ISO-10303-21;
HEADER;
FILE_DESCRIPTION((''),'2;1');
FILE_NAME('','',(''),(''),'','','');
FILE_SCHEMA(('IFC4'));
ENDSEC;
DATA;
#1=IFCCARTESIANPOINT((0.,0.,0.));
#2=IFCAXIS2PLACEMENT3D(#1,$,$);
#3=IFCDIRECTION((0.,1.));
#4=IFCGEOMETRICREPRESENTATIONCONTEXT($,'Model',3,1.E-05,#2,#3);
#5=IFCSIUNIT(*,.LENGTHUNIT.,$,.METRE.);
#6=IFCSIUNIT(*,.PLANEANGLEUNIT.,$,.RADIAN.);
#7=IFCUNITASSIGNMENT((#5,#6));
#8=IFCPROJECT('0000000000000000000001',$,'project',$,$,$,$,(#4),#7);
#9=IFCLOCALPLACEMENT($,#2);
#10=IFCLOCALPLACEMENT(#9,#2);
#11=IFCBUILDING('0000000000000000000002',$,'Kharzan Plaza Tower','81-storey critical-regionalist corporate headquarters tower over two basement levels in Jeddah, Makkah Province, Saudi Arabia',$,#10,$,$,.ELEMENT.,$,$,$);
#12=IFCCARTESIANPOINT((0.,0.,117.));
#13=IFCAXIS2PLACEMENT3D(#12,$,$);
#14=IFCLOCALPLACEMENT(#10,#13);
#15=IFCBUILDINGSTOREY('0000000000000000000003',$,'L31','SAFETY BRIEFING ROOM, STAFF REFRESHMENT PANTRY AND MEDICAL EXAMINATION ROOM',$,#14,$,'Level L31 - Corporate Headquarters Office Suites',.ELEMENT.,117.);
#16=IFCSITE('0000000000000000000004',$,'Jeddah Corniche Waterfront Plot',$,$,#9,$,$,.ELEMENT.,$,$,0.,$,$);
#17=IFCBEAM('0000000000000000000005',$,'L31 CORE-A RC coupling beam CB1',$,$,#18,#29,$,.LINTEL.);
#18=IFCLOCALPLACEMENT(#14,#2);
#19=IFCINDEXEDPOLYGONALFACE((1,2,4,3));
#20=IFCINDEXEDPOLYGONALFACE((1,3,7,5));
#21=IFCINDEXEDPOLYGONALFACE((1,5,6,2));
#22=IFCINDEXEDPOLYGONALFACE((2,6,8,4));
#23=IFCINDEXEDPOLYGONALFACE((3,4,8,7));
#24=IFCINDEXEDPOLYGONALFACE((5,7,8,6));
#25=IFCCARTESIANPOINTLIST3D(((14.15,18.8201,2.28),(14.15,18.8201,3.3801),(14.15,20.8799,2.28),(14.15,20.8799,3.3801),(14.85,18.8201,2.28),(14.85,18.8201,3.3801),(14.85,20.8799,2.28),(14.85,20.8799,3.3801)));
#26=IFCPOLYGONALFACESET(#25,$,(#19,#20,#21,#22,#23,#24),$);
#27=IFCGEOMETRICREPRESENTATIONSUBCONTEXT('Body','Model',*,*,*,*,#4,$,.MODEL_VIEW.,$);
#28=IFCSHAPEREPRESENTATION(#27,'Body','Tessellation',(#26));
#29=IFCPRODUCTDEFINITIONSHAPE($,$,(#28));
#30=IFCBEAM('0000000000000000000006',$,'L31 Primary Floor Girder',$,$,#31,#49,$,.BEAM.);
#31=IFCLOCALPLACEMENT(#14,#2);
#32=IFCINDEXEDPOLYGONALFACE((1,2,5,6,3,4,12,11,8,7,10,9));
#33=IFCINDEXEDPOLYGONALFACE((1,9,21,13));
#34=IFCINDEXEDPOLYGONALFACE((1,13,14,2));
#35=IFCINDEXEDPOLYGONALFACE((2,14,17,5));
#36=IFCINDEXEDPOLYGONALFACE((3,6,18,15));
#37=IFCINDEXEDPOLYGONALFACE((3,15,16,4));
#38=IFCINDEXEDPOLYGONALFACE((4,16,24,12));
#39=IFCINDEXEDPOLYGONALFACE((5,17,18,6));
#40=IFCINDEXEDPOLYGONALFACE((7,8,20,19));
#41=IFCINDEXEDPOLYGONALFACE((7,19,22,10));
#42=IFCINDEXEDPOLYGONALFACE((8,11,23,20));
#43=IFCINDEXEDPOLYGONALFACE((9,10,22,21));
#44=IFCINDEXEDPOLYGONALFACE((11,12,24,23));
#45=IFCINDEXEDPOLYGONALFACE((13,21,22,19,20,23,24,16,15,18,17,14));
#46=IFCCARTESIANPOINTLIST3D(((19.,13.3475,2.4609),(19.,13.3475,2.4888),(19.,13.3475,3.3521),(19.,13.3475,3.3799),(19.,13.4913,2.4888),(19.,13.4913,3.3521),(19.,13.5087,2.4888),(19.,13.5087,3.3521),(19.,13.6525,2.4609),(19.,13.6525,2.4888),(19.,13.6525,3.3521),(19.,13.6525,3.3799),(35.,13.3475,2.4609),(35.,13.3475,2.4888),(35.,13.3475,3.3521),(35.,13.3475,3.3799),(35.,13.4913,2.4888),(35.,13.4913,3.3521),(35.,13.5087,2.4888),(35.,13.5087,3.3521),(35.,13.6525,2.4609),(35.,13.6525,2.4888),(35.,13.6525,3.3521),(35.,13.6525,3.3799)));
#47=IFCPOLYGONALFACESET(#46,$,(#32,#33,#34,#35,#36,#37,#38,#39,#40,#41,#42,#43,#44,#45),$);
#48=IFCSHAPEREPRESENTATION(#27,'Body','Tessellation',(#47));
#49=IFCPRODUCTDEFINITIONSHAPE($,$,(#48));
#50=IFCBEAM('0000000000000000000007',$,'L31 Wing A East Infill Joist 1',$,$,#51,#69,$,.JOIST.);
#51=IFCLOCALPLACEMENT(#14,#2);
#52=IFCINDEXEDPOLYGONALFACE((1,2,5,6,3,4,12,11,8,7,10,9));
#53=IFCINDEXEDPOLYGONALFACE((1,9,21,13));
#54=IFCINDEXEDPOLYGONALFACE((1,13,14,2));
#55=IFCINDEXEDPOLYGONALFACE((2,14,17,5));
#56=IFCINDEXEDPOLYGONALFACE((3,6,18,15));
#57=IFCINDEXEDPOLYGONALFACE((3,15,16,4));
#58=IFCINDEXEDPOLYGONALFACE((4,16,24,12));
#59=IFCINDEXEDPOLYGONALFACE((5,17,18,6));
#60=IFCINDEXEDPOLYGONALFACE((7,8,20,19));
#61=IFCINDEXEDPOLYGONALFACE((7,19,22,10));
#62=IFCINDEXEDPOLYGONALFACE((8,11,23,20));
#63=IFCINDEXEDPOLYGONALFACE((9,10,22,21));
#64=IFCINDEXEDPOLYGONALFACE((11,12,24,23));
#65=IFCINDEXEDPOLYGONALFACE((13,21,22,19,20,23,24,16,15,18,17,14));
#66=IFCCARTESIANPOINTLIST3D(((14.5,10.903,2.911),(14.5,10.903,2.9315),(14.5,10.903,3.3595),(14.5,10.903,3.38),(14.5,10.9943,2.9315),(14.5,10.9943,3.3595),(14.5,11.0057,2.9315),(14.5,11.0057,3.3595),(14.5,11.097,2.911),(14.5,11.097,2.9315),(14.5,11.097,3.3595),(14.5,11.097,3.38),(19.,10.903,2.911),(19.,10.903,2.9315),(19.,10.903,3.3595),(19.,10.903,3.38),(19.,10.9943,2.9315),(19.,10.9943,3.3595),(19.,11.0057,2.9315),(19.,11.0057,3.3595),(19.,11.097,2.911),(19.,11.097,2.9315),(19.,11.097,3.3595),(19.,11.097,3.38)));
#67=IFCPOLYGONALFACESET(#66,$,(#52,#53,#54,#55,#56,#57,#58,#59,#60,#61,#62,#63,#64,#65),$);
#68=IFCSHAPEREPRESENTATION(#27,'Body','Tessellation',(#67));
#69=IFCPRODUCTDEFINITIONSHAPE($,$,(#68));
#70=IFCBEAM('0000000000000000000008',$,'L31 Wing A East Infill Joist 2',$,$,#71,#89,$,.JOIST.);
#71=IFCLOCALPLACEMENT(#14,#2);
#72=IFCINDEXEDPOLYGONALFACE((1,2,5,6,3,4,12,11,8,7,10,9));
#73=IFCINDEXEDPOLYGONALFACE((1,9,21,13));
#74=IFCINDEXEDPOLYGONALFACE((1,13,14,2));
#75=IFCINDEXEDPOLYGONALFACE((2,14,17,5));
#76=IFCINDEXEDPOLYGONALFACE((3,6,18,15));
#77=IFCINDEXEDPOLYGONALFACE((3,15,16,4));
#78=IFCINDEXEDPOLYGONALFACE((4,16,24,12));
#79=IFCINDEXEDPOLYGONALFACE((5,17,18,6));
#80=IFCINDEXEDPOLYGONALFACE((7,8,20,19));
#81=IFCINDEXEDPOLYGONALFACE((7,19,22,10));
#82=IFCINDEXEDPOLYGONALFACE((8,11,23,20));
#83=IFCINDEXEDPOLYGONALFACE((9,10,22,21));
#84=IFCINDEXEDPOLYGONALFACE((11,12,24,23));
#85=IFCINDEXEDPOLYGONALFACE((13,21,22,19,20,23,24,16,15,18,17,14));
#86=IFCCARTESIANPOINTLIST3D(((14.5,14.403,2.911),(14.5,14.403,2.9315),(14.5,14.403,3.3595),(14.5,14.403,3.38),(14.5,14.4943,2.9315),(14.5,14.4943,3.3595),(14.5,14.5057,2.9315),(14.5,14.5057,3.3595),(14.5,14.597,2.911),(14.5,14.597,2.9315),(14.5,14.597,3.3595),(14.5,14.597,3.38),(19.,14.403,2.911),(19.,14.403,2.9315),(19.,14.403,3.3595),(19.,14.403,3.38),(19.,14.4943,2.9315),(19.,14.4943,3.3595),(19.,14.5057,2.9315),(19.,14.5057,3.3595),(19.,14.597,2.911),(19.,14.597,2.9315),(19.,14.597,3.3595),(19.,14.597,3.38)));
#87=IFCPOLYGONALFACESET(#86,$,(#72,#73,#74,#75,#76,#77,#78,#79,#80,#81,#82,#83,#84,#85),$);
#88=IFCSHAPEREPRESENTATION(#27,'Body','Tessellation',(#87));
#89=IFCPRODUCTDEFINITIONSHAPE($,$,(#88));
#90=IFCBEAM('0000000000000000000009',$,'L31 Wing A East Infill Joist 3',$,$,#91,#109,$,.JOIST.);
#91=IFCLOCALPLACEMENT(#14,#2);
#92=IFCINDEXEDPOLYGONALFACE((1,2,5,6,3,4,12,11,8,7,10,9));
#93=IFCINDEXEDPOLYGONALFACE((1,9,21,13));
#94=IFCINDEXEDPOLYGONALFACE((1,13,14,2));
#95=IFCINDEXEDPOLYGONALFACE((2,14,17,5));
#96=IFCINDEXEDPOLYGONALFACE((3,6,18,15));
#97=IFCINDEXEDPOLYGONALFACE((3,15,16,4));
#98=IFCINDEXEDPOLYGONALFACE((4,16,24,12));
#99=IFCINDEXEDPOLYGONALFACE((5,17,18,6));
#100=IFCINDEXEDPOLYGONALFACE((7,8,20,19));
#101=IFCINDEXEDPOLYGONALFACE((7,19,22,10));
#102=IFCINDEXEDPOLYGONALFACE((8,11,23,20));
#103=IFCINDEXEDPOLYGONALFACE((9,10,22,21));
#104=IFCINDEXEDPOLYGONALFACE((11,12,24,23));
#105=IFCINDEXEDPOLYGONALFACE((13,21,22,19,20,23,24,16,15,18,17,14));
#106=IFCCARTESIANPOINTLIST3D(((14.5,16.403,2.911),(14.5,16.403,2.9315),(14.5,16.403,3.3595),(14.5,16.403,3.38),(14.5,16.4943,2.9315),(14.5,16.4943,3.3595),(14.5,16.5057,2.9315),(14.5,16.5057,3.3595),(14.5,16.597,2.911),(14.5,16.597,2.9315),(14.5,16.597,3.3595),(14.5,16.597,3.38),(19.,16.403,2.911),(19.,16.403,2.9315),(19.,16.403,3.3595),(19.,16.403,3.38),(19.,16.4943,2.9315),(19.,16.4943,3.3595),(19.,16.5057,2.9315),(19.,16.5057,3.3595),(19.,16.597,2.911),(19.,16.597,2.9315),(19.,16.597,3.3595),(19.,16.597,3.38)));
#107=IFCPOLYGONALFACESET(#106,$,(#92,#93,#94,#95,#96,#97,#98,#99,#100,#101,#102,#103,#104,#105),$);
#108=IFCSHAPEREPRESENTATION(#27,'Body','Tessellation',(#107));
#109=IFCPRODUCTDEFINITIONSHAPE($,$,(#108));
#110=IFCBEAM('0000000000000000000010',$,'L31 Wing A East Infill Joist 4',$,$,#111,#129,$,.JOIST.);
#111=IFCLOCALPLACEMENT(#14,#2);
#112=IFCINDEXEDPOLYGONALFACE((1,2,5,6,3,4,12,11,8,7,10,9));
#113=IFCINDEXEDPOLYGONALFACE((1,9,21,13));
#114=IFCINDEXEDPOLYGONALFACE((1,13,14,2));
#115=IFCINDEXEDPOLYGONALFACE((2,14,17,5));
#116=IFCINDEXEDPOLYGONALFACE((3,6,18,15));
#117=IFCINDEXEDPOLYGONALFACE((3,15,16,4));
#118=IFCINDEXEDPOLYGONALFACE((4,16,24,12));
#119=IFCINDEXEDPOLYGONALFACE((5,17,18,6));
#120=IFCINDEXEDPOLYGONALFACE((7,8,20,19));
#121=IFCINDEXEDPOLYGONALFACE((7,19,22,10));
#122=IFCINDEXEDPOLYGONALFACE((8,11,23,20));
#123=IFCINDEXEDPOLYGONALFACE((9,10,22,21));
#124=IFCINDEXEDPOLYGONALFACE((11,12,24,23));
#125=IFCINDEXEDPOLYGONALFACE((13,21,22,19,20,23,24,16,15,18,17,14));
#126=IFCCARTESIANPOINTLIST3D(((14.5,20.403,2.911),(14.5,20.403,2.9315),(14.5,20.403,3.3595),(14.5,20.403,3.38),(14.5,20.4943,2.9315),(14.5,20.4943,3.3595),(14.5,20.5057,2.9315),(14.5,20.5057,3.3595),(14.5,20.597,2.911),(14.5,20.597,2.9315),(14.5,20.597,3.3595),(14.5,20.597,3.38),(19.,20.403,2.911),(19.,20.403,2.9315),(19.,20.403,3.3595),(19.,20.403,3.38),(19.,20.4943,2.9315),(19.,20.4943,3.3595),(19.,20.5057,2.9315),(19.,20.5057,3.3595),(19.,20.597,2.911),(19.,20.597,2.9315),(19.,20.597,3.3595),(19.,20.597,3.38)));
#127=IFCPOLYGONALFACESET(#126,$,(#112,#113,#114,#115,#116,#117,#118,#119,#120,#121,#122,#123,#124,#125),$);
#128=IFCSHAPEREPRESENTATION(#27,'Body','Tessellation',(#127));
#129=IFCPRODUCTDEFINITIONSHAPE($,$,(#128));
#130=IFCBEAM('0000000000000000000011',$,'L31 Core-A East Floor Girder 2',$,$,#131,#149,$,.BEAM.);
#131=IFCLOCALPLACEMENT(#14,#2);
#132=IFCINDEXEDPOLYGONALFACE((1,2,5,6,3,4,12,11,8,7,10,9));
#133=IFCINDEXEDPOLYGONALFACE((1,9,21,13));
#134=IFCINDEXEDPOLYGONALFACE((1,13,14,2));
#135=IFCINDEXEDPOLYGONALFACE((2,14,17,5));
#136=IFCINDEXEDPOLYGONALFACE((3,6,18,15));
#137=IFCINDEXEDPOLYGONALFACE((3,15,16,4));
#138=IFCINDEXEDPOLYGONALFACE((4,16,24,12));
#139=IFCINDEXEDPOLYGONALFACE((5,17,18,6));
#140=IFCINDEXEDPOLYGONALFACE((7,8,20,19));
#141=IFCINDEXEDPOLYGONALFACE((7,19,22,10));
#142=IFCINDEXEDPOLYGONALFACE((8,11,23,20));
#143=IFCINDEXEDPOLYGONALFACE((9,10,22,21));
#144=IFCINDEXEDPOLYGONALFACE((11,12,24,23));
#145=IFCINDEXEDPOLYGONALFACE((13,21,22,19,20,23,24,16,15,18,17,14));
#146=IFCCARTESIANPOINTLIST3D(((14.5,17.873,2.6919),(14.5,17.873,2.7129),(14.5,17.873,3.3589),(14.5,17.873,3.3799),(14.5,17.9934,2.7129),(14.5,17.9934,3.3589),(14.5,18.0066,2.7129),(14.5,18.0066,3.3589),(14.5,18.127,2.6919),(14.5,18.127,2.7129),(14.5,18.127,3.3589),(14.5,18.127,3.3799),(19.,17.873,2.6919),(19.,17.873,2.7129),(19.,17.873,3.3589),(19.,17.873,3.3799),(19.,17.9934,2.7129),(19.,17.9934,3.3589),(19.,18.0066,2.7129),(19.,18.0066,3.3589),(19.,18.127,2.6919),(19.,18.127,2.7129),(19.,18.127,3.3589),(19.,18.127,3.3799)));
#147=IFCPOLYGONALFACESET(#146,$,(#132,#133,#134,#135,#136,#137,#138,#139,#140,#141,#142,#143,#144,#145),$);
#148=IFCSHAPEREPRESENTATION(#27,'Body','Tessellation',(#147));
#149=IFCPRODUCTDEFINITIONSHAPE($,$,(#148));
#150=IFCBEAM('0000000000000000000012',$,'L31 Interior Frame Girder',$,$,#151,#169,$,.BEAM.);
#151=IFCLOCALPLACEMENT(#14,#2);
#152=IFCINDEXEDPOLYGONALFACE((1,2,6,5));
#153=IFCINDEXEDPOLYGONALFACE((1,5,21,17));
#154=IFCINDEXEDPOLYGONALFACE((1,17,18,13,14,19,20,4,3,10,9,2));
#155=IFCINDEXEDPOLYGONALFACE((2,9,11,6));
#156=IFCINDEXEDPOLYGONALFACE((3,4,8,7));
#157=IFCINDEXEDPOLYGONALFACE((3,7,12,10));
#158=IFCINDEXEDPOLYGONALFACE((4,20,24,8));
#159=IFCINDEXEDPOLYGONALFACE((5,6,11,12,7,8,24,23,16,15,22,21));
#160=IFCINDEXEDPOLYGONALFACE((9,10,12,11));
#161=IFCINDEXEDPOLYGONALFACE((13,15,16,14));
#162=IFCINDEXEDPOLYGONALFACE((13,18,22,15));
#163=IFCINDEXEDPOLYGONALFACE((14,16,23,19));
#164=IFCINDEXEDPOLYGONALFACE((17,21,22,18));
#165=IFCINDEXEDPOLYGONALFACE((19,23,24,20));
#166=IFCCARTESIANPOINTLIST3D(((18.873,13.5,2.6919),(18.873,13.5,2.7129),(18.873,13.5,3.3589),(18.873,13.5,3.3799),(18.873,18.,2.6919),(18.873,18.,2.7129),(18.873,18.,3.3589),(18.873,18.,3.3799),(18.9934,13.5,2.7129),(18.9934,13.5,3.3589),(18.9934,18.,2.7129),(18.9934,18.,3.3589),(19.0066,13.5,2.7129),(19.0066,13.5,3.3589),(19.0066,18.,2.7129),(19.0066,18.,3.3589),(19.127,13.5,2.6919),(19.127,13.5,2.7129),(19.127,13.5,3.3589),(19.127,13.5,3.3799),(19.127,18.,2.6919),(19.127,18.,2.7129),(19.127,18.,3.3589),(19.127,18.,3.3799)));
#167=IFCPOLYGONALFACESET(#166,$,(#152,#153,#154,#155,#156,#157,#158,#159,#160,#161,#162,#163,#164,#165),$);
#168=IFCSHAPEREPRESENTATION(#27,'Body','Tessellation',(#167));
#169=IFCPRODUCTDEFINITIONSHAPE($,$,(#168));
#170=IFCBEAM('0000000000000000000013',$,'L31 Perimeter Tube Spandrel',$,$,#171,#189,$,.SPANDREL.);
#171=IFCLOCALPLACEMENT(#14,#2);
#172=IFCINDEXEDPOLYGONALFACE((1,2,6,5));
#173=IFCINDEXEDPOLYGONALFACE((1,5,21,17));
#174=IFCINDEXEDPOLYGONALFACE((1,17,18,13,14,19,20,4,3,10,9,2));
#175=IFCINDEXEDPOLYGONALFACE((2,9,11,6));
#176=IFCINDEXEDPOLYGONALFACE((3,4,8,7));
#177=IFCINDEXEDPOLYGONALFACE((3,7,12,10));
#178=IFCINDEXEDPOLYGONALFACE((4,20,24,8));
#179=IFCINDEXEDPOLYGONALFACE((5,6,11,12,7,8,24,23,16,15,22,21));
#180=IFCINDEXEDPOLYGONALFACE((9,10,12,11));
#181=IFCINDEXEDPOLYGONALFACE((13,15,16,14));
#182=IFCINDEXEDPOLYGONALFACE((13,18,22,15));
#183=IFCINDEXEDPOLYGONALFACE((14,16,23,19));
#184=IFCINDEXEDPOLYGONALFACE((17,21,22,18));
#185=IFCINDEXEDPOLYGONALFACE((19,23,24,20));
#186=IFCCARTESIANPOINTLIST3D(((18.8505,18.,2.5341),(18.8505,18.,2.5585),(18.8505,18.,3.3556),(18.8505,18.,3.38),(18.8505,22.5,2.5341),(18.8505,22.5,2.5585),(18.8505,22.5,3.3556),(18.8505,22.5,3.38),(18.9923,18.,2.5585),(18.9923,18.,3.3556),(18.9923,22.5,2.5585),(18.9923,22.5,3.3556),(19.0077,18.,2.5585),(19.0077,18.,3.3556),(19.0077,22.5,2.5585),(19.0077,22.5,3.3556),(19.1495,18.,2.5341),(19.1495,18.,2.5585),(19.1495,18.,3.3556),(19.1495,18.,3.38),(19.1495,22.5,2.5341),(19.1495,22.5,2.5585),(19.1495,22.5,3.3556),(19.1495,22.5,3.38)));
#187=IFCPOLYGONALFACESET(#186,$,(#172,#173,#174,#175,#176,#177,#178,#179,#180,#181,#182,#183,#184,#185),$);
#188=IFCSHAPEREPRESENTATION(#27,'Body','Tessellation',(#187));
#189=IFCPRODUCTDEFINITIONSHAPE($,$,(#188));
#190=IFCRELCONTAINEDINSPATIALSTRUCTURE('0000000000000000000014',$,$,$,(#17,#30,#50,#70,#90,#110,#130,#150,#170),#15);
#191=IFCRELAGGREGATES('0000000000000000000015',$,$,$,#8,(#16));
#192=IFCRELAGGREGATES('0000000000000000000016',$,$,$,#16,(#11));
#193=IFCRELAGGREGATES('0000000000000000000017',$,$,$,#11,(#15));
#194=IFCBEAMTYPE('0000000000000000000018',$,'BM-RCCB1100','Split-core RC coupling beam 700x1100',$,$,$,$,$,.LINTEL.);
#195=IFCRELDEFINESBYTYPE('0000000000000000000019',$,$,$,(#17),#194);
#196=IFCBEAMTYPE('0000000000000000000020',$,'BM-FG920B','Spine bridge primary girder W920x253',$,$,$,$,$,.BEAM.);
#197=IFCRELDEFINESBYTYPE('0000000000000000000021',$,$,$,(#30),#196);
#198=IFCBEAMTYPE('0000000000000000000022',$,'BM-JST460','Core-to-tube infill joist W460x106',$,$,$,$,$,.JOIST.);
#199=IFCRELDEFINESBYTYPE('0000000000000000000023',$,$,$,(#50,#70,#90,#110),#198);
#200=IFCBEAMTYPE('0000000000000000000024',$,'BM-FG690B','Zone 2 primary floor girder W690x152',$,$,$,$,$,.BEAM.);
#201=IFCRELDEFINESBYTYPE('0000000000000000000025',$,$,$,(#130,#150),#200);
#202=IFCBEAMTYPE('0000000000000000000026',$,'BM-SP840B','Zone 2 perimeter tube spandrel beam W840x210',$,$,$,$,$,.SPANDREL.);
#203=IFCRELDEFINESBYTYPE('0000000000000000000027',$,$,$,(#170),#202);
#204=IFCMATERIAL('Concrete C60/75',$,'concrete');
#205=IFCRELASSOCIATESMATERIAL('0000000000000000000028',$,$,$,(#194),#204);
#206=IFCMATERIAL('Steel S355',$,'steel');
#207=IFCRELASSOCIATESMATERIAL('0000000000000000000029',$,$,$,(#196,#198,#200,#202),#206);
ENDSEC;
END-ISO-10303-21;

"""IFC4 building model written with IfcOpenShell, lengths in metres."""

from ifc_helpers import new_model, si_unit, direction, frame, origin, origin_2d, place, context, subcontext, project, spatial, rectangle, i_section, extrude, source, transform, mapped, material, material_profile, profile_set, type_object, element, save


model = new_model("IFC4")

# Units and contexts
model_context = context("Model", 3, precision=1e-05, world=origin(), true_north=direction((0.0, 1.0)))
body_context = subcontext(model_context, "Body", "Model", "MODEL_VIEW")
ifc_project = project(units=[si_unit("LENGTHUNIT", "METRE"), si_unit("PLANEANGLEUNIT", "RADIAN")], contexts=[model_context])

# Site, building, storey
site_placement = place(None, origin())
site = spatial("IfcSite", under=ifc_project, at=site_placement, Name="Jeddah Corniche Waterfront Plot", CompositionType="ELEMENT", RefElevation=0.0)
building_placement = place(site_placement, origin())
building = spatial("IfcBuilding", under=site, at=building_placement, Name="Kharzan Plaza Tower", Description="81-storey critical-regionalist corporate headquarters tower over two basement levels in Jeddah, Makkah Province, Saudi Arabia", CompositionType="ELEMENT")
storey_placement = place(building_placement, frame((0.0, 0.0, 117.0)))
storey = spatial("IfcBuildingStorey", under=building, at=storey_placement, Name="L31", Description="SAFETY BRIEFING ROOM, STAFF REFRESHMENT PANTRY AND MEDICAL EXAMINATION ROOM", LongName="Level L31 - Corporate Headquarters Office Suites", CompositionType="ELEMENT", Elevation=117.0)

# Beams
ifc_material_1 = material(Name="Concrete C60/75", Category="concrete")
ifc_material_profile_1 = material_profile(ifc_material_1, rectangle(XDim=0.7, YDim=1.1001, at=origin_2d()), Name="RC-CB1100x700")
ifc_profile_set_1 = profile_set([ifc_material_profile_1], Name="Concrete C60/75")
beam_type_1 = type_object("IfcBeamType", Name="BM-RCCB1100", Description="Split-core RC coupling beam 700x1100", PredefinedType="LINTEL", material=ifc_profile_set_1)
shared_shape_1 = source(origin(), body_context, "Body", "SweptSolid", [
    extrude(rectangle(XDim=0.7, YDim=1.1001, at=origin_2d()), origin(), (0.0, 0.0, 1.0), 2.0598),
])
beam_1_placement = place(storey_placement, frame((14.5, 18.8201, 2.8301), z_axis=(0.0, 1.0, 0.0), x_axis=(-1.0, 0.0, 0.0)))
element("IfcBeam", 1, at=beam_1_placement, inside=storey, type_object=beam_type_1, Name="L31 CORE-A RC coupling beam CB1", PredefinedType="LINTEL", context=body_context, shape_type="MappedRepresentation", body=[
    mapped(shared_shape_1, transform((0.0, 0.0, 0.0), x_axis=(1.0, 0.0, 0.0), y_axis=(0.0, 1.0, 0.0), z_axis=(0.0, 0.0, 1.0))),
])
ifc_material_2 = material(Name="Steel S355", Category="steel")
ifc_material_profile_2 = material_profile(ifc_material_2, i_section(OverallWidth=0.3049, OverallDepth=0.9189, WebThickness=0.0173, FlangeThickness=0.0278, at=origin_2d()), Name="W920x253")
ifc_profile_set_2 = profile_set([ifc_material_profile_2], Name="Steel S355")
beam_type_2 = type_object("IfcBeamType", Name="BM-FG920B", Description="Spine bridge primary girder W920x253", PredefinedType="BEAM", material=ifc_profile_set_2)
shared_shape_2 = source(origin(), body_context, "Body", "SweptSolid", [
    extrude(i_section(OverallWidth=0.3049, OverallDepth=0.9189, WebThickness=0.0173, FlangeThickness=0.0278, at=origin_2d()), origin(), (0.0, 0.0, 1.0), 16.0),
])
beam_2_placement = place(storey_placement, frame((19.0, 13.5, 2.9204), z_axis=(1.0, 0.0, 0.0), x_axis=(0.0, 1.0, 0.0)))
element("IfcBeam", 2, at=beam_2_placement, inside=storey, type_object=beam_type_2, Name="L31 Primary Floor Girder", PredefinedType="BEAM", context=body_context, shape_type="MappedRepresentation", body=[
    mapped(shared_shape_2, transform((0.0, 0.0, 0.0), x_axis=(1.0, 0.0, 0.0), y_axis=(0.0, 1.0, 0.0), z_axis=(0.0, 0.0, 1.0))),
])
ifc_material_profile_3 = material_profile(ifc_material_2, i_section(OverallWidth=0.1941, OverallDepth=0.469, WebThickness=0.0115, FlangeThickness=0.0205, at=origin_2d()), Name="W460x106")
ifc_profile_set_3 = profile_set([ifc_material_profile_3], Name="Steel S355")
beam_type_3 = type_object("IfcBeamType", Name="BM-JST460", Description="Core-to-tube infill joist W460x106", PredefinedType="JOIST", material=ifc_profile_set_3)
shared_shape_3 = source(origin(), body_context, "Body", "SweptSolid", [
    extrude(i_section(OverallWidth=0.1941, OverallDepth=0.469, WebThickness=0.0115, FlangeThickness=0.0205, at=origin_2d()), origin(), (0.0, 0.0, 1.0), 4.5),
])
for number, where, z_axis, x_axis, name in (
    (3, (14.5, 11.0, 3.1455), (1.0, 0.0, 0.0), (0.0, 1.0, 0.0), "L31 Wing A East Infill Joist 1"),
    (4, (14.5, 14.5, 3.1455), (1.0, 0.0, 0.0), (0.0, 1.0, 0.0), "L31 Wing A East Infill Joist 2"),
    (5, (14.5, 16.5, 3.1455), (1.0, 0.0, 0.0), (0.0, 1.0, 0.0), "L31 Wing A East Infill Joist 3"),
    (6, (14.5, 20.5, 3.1455), (1.0, 0.0, 0.0), (0.0, 1.0, 0.0), "L31 Wing A East Infill Joist 4"),
):
    element("IfcBeam", number, at=place(storey_placement, frame(where, z_axis=z_axis, x_axis=x_axis)), inside=storey, type_object=beam_type_3, Name=name, PredefinedType="JOIST", context=body_context, shape_type="MappedRepresentation", body=[
        mapped(shared_shape_3, transform((0.0, 0.0, 0.0), x_axis=(1.0, 0.0, 0.0), y_axis=(0.0, 1.0, 0.0), z_axis=(0.0, 0.0, 1.0))),
    ])
ifc_material_profile_4 = material_profile(ifc_material_2, i_section(OverallWidth=0.2539, OverallDepth=0.688, WebThickness=0.0132, FlangeThickness=0.021, at=origin_2d()), Name="W690x152")
ifc_profile_set_4 = profile_set([ifc_material_profile_4], Name="Steel S355")
beam_type_4 = type_object("IfcBeamType", Name="BM-FG690B", Description="Zone 2 primary floor girder W690x152", PredefinedType="BEAM", material=ifc_profile_set_4)
shared_shape_4 = source(origin(), body_context, "Body", "SweptSolid", [
    extrude(i_section(OverallWidth=0.2539, OverallDepth=0.688, WebThickness=0.0132, FlangeThickness=0.021, at=origin_2d()), origin(), (0.0, 0.0, 1.0), 4.5),
])
for number, where, z_axis, x_axis, name in (
    (7, (14.5, 18.0, 3.0359), (1.0, 0.0, 0.0), (0.0, 1.0, 0.0), "L31 Core-A East Floor Girder 2"),
    (8, (19.0, 13.5, 3.0359), (0.0, 1.0, 0.0), (-1.0, 0.0, 0.0), "L31 Interior Frame Girder"),
):
    element("IfcBeam", number, at=place(storey_placement, frame(where, z_axis=z_axis, x_axis=x_axis)), inside=storey, type_object=beam_type_4, Name=name, PredefinedType="BEAM", context=body_context, shape_type="MappedRepresentation", body=[
        mapped(shared_shape_4, transform((0.0, 0.0, 0.0), x_axis=(1.0, 0.0, 0.0), y_axis=(0.0, 1.0, 0.0), z_axis=(0.0, 0.0, 1.0))),
    ])
ifc_material_profile_5 = material_profile(ifc_material_2, i_section(OverallWidth=0.2991, OverallDepth=0.8459, WebThickness=0.0154, FlangeThickness=0.0244, at=origin_2d()), Name="W840x210")
ifc_profile_set_5 = profile_set([ifc_material_profile_5], Name="Steel S355")
beam_type_5 = type_object("IfcBeamType", Name="BM-SP840B", Description="Zone 2 perimeter tube spandrel beam W840x210", PredefinedType="SPANDREL", material=ifc_profile_set_5)
shared_shape_5 = source(origin(), body_context, "Body", "SweptSolid", [
    extrude(i_section(OverallWidth=0.2991, OverallDepth=0.8459, WebThickness=0.0154, FlangeThickness=0.0244, at=origin_2d()), origin(), (0.0, 0.0, 1.0), 4.5),
])
beam_3_placement = place(storey_placement, frame((19.0, 18.0, 2.957), z_axis=(0.0, 1.0, 0.0), x_axis=(-1.0, 0.0, 0.0)))
element("IfcBeam", 9, at=beam_3_placement, inside=storey, type_object=beam_type_5, Name="L31 Perimeter Tube Spandrel", PredefinedType="SPANDREL", context=body_context, shape_type="MappedRepresentation", body=[
    mapped(shared_shape_5, transform((0.0, 0.0, 0.0), x_axis=(1.0, 0.0, 0.0), y_axis=(0.0, 1.0, 0.0), z_axis=(0.0, 0.0, 1.0))),
])

save(model, "model.ifc")
